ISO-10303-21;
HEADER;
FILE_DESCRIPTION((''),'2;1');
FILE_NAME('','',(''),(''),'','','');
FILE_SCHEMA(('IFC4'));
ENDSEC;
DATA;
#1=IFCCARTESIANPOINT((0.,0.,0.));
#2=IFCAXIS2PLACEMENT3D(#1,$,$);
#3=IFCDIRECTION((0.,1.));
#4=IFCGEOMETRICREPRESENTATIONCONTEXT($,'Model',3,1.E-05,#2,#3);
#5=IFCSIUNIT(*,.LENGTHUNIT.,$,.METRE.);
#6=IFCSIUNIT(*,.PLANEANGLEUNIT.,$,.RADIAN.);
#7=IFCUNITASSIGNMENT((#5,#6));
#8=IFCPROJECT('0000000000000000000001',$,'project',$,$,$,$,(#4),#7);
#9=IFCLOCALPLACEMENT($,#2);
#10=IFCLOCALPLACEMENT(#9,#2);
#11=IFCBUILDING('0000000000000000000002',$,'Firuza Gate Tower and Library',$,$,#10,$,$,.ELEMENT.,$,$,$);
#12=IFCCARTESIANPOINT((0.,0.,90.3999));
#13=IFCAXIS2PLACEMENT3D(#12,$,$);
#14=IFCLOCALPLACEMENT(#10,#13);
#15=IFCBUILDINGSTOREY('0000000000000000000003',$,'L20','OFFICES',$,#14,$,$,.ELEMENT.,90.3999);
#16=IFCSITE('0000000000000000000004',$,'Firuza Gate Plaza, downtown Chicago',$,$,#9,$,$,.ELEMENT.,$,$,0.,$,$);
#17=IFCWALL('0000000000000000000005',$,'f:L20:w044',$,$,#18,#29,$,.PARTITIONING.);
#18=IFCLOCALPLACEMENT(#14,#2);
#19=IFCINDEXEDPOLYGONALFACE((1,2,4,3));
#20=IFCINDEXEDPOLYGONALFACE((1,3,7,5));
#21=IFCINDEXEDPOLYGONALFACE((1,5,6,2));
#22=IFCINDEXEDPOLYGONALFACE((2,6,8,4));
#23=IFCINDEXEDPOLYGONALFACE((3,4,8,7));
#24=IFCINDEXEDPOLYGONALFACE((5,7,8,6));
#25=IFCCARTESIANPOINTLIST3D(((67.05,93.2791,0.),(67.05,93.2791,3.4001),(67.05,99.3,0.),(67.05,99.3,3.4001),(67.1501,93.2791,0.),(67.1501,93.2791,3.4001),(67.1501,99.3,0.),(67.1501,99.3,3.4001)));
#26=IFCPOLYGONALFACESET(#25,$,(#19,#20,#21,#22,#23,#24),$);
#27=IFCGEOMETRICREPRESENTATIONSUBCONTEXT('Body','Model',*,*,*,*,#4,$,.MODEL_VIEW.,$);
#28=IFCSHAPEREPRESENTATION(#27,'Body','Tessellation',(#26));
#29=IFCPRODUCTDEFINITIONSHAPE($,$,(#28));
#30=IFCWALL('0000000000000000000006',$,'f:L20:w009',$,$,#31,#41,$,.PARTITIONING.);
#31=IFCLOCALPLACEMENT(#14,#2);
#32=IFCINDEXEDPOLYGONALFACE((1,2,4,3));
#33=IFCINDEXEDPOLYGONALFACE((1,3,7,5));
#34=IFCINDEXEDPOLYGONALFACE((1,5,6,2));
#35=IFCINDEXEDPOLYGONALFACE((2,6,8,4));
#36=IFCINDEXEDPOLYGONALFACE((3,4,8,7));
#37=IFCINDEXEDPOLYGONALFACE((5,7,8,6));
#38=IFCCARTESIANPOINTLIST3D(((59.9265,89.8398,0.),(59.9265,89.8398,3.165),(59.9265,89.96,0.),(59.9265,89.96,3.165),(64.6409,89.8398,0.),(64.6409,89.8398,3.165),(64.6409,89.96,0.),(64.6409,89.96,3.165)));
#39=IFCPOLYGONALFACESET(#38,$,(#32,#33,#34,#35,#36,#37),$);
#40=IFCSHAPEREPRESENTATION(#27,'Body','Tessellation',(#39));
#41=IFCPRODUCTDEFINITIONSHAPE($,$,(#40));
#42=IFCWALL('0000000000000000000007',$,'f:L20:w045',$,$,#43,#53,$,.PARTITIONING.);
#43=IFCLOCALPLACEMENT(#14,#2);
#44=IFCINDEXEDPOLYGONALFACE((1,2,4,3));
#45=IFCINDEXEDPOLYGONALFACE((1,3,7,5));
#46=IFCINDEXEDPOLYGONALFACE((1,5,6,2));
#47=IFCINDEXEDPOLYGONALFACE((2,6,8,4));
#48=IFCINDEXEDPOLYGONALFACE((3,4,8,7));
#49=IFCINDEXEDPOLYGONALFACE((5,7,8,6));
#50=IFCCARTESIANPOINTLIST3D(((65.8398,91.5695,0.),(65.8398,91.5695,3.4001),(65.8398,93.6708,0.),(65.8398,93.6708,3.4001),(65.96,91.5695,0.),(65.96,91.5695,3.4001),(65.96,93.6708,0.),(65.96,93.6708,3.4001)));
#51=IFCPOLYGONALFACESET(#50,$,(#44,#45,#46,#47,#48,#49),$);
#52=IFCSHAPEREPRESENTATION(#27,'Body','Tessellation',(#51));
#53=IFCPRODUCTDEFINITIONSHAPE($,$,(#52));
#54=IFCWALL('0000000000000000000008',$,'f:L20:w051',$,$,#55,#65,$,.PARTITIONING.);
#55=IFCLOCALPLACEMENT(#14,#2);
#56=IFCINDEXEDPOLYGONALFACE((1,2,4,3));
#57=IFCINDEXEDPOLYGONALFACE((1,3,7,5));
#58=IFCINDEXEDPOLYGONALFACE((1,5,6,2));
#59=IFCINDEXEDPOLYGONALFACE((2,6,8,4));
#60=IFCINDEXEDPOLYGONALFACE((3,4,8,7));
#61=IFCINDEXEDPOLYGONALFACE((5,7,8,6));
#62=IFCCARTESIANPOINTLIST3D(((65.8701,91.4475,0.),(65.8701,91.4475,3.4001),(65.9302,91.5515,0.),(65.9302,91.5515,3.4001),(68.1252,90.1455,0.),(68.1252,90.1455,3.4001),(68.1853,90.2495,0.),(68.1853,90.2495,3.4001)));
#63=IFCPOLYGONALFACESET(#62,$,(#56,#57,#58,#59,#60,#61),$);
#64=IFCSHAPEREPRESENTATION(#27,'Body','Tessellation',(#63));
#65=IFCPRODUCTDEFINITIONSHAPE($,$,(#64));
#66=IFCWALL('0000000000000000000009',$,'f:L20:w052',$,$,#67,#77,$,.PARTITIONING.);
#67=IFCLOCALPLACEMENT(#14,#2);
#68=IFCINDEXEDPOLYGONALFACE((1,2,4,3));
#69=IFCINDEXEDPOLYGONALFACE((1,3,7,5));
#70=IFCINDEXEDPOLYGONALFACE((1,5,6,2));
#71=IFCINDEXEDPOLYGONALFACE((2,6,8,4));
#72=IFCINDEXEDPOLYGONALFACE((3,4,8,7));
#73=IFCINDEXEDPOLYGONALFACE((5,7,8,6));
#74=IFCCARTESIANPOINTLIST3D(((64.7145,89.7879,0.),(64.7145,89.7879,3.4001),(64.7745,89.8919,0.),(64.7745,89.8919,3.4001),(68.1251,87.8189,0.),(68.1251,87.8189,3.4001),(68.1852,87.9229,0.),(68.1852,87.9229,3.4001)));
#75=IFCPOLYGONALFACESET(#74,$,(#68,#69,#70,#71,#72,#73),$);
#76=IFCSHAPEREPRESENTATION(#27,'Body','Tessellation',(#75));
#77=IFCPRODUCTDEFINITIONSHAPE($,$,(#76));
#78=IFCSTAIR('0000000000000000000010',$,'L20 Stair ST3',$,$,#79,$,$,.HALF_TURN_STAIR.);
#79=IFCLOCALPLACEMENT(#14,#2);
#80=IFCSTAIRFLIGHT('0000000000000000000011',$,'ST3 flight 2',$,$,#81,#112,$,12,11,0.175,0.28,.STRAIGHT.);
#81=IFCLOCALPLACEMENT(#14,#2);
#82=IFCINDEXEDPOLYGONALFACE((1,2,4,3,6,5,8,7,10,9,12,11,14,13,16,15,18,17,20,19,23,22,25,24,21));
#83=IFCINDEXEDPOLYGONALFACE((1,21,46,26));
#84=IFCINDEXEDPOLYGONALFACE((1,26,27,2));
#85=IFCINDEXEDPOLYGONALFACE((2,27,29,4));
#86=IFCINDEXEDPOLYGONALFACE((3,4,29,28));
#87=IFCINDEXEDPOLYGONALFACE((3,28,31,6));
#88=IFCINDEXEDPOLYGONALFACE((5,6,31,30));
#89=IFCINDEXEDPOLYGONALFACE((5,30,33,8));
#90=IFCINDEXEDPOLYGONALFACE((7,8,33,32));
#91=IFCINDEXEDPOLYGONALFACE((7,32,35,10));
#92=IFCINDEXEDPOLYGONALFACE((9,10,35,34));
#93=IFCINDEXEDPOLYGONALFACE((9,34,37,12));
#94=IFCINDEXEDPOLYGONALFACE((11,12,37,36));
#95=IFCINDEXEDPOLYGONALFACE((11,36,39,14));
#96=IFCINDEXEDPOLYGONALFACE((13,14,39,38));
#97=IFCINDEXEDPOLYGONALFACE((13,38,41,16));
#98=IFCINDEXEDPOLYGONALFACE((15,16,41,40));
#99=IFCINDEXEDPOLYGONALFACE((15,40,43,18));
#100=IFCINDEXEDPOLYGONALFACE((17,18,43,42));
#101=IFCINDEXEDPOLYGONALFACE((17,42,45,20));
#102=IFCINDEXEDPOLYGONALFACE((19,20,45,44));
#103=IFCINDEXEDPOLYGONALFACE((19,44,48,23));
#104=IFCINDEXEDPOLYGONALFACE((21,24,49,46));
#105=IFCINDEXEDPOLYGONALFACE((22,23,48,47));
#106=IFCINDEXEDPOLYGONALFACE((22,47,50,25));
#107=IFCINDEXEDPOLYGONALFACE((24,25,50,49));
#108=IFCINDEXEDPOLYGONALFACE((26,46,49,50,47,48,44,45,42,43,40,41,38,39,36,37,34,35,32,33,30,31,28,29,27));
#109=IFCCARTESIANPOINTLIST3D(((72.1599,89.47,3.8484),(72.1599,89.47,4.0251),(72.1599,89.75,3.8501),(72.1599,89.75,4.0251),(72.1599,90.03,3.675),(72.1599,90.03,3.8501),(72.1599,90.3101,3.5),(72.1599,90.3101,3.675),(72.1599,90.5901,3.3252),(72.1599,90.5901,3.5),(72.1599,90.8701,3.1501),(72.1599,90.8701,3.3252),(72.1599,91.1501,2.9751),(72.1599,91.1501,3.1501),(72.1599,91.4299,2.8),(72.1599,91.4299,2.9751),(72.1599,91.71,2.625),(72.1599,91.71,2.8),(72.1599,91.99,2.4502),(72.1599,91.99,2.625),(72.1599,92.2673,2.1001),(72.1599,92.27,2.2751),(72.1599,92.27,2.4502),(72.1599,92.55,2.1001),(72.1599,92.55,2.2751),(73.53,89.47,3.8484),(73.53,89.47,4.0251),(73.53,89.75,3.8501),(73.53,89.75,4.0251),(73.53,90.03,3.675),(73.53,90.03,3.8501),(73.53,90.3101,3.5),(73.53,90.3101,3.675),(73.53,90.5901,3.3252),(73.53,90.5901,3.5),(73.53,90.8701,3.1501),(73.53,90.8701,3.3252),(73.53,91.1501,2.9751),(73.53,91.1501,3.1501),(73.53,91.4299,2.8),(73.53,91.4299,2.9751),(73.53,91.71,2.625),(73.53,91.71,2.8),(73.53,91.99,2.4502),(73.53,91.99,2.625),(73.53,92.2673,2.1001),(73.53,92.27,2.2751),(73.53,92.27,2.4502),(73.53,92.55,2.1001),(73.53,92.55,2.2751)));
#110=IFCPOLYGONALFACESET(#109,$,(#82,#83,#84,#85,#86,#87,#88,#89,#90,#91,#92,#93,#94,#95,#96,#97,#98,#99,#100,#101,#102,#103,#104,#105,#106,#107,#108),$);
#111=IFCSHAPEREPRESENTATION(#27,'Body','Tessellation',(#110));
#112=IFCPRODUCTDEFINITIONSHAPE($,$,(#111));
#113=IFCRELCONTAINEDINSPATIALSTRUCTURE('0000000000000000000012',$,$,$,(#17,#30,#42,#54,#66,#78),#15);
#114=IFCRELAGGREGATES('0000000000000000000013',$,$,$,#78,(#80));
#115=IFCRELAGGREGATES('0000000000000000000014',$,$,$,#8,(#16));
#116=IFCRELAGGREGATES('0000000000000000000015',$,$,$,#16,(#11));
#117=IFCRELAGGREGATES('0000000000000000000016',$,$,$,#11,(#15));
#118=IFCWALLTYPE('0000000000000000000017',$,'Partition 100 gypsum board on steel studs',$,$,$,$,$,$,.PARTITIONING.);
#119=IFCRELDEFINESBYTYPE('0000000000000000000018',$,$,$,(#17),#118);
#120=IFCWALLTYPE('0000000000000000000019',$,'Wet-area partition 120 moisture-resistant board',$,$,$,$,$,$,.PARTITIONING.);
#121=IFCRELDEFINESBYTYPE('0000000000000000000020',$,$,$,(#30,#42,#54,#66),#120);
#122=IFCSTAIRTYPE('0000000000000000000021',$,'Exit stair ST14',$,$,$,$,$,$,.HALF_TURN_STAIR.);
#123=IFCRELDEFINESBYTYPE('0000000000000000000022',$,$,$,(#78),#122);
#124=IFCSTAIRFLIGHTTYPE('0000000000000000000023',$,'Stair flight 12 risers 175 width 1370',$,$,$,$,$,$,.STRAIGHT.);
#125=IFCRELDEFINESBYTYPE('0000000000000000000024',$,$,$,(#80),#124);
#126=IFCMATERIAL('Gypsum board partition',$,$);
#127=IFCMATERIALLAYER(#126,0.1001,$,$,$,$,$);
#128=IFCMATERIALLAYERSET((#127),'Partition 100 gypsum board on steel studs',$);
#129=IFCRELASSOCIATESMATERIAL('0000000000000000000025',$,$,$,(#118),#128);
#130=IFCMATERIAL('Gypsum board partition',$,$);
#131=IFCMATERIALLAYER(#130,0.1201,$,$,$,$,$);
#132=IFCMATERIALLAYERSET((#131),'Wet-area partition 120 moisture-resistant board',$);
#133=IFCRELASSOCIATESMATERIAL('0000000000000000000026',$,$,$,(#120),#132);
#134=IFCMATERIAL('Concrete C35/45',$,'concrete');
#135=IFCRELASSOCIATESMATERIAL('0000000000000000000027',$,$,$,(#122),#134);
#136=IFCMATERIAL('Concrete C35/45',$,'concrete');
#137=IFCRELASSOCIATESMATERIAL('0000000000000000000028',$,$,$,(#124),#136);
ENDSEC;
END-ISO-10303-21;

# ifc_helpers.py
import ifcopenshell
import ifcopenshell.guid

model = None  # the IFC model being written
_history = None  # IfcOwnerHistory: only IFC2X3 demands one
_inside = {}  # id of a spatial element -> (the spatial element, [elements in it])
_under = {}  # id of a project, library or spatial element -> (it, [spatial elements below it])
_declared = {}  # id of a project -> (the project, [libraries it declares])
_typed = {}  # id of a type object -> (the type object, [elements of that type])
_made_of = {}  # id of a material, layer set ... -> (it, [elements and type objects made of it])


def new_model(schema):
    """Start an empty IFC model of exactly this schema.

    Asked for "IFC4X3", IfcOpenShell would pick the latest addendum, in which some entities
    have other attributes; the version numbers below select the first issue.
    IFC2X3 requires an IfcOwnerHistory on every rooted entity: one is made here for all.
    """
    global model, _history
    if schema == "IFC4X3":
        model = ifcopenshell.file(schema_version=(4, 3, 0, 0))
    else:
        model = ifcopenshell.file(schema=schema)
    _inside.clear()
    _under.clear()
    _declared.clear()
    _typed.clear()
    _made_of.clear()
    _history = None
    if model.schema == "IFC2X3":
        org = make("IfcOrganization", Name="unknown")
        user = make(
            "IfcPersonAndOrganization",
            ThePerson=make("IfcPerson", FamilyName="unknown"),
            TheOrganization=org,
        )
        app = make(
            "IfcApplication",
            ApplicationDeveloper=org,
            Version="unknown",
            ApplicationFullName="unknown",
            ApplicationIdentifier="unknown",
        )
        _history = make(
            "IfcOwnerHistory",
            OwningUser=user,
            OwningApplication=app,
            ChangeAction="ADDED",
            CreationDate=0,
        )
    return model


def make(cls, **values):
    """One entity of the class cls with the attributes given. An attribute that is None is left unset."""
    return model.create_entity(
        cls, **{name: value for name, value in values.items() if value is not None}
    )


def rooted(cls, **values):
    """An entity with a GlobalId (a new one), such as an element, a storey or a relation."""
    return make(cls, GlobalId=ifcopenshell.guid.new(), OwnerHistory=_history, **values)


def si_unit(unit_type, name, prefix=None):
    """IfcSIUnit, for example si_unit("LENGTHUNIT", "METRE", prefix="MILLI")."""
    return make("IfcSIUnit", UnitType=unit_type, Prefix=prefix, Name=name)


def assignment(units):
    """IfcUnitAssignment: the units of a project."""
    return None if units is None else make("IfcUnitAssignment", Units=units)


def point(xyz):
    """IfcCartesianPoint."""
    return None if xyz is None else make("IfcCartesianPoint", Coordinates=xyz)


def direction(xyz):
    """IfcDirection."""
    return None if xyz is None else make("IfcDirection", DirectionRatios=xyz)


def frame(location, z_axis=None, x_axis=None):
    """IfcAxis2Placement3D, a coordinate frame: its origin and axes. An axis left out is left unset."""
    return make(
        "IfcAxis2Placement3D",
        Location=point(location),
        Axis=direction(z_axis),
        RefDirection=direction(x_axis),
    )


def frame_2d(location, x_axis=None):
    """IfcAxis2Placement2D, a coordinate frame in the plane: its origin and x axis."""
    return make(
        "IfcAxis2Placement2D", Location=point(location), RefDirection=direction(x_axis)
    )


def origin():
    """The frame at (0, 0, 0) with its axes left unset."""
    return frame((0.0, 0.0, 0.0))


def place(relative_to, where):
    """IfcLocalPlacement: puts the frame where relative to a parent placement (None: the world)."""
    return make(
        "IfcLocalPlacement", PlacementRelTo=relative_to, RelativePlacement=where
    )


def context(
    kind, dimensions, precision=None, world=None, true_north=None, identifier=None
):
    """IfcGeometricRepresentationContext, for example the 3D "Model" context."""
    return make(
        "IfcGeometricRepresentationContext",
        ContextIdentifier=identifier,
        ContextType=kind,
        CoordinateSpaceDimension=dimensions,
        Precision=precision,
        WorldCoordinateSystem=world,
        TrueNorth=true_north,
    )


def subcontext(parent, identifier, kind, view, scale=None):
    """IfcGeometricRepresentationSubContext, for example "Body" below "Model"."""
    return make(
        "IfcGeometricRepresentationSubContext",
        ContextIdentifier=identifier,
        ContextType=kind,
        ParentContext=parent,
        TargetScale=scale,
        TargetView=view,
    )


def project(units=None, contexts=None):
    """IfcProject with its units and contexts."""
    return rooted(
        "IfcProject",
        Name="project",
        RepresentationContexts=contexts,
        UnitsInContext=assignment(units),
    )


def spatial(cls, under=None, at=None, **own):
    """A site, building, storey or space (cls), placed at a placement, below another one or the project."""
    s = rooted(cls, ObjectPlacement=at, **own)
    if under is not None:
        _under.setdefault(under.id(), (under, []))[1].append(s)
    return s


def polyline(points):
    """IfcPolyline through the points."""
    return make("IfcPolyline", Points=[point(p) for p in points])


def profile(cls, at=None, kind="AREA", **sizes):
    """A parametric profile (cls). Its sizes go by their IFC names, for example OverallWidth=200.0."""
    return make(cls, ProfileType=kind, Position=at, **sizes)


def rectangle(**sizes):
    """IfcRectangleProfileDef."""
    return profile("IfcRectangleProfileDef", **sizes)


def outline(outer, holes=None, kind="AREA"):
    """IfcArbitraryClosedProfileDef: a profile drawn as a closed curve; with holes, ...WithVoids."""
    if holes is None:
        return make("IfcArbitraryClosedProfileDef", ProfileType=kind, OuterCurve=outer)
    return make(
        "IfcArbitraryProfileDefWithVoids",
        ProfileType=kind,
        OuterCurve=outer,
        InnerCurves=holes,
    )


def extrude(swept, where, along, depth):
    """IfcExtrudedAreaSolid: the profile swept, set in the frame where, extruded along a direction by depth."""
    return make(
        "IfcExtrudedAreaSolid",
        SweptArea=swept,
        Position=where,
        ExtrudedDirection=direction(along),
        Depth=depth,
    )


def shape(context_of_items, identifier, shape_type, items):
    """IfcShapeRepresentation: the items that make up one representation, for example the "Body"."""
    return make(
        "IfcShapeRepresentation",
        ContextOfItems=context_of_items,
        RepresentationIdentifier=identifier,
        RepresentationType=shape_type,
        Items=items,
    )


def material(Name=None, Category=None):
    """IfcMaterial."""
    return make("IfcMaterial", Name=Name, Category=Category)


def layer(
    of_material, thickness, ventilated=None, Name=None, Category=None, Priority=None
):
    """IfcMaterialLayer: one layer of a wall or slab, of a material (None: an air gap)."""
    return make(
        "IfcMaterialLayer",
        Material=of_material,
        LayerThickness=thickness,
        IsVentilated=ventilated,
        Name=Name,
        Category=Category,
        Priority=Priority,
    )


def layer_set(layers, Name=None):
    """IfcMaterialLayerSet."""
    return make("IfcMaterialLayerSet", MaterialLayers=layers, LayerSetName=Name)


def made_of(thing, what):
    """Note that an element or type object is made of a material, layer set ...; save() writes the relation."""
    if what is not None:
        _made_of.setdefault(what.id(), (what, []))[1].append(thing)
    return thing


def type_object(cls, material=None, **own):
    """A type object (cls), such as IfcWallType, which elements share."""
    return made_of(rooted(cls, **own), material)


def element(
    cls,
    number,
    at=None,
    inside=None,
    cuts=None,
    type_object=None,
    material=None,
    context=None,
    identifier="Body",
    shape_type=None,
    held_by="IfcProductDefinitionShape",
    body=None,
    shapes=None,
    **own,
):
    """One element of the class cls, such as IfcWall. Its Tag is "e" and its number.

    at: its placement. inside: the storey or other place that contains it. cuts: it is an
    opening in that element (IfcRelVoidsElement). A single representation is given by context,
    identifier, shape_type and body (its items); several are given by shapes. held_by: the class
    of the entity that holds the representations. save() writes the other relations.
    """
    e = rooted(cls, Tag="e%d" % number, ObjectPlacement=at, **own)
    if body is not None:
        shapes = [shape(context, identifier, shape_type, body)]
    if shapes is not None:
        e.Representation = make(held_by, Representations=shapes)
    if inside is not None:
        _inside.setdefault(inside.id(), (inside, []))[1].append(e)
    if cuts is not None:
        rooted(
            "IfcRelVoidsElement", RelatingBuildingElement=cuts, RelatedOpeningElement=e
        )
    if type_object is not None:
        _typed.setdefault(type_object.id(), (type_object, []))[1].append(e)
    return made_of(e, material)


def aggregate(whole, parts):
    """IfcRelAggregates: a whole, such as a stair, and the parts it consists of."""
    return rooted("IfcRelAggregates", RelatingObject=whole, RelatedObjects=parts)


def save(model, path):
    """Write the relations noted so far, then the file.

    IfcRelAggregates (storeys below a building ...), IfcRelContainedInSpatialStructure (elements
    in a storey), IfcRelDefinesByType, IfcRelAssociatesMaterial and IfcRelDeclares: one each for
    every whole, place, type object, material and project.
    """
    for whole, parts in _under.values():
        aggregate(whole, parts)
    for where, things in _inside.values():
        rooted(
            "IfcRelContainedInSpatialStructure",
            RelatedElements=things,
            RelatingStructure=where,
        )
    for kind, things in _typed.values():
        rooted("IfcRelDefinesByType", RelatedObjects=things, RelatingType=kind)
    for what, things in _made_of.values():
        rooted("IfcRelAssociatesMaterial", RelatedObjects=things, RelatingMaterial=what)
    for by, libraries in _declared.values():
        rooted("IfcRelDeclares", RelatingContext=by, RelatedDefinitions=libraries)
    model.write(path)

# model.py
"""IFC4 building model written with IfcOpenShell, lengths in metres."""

from ifc_helpers import new_model, si_unit, direction, frame, frame_2d, origin, place, context, subcontext, project, spatial, polyline, rectangle, outline, extrude, material, layer, layer_set, type_object, element, aggregate, save


model = new_model("IFC4")

# Units and contexts
model_context = context("Model", 3, precision=1e-05, world=origin(), true_north=direction((0.0, 1.0)))
body_context = subcontext(model_context, "Body", "Model", "MODEL_VIEW")
ifc_project = project(units=[si_unit("LENGTHUNIT", "METRE"), si_unit("PLANEANGLEUNIT", "RADIAN")], contexts=[model_context])

# Site, building, storey
site_placement = place(None, origin())
site = spatial("IfcSite", under=ifc_project, at=site_placement, Name="Firuza Gate Plaza, downtown Chicago", CompositionType="ELEMENT", RefElevation=0.0)
building_placement = place(site_placement, origin())
building = spatial("IfcBuilding", under=site, at=building_placement, Name="Firuza Gate Tower and Library", CompositionType="ELEMENT")
storey_placement = place(building_placement, frame((0.0, 0.0, 90.3999)))
storey = spatial("IfcBuildingStorey", under=building, at=storey_placement, Name="L20", Description="OFFICES", CompositionType="ELEMENT", Elevation=90.3999)

# Shared definitions
placement = place(storey_placement, origin())

# Walls
ifc_material_1 = material(Name="Gypsum board partition")
ifc_layer_1 = layer(ifc_material_1, 0.1001)
ifc_layer_set_1 = layer_set([ifc_layer_1], Name="Partition 100 gypsum board on steel studs")
wall_type_1 = type_object("IfcWallType", Name="Partition 100 gypsum board on steel studs", PredefinedType="PARTITIONING", material=ifc_layer_set_1)
wall_1_placement = place(storey_placement, frame((67.1001, 93.2791, 0.0), z_axis=(0.0, 0.0, 1.0), x_axis=(0.0, 1.0, 0.0)))
element("IfcWall", 1, at=wall_1_placement, inside=storey, type_object=wall_type_1, Name="f:L20:w044", PredefinedType="PARTITIONING", context=body_context, shape_type="SweptSolid", body=[
    extrude(rectangle(XDim=6.021, YDim=0.1001, at=frame_2d((3.0105, 0.0))), origin(), (0.0, 0.0, 1.0), 3.4001),
])
ifc_material_2 = material(Name="Gypsum board partition")
ifc_layer_2 = layer(ifc_material_2, 0.1201)
ifc_layer_set_2 = layer_set([ifc_layer_2], Name="Wet-area partition 120 moisture-resistant board")
wall_type_2 = type_object("IfcWallType", Name="Wet-area partition 120 moisture-resistant board", PredefinedType="PARTITIONING", material=ifc_layer_set_2)
wall_2_placement = place(storey_placement, frame((59.9265, 89.8999, 0.0), z_axis=(0.0, 0.0, 1.0), x_axis=(1.0, 0.0, 0.0)))
element("IfcWall", 2, at=wall_2_placement, inside=storey, type_object=wall_type_2, Name="f:L20:w009", PredefinedType="PARTITIONING", context=body_context, shape_type="SweptSolid", body=[
    extrude(rectangle(XDim=4.7144, YDim=0.1201, at=frame_2d((2.3572, 0.0))), origin(), (0.0, 0.0, 1.0), 3.165),
])
wall_3_placement = place(storey_placement, frame((65.8999, 91.5693, 0.0), z_axis=(0.0, 0.0, 1.0), x_axis=(0.0, 1.0, 0.0)))
element("IfcWall", 3, at=wall_3_placement, inside=storey, type_object=wall_type_2, Name="f:L20:w045", PredefinedType="PARTITIONING", context=body_context, shape_type="SweptSolid", body=[
    extrude(rectangle(XDim=2.1013, YDim=0.1201, at=frame_2d((1.0508, 0.0))), origin(), (0.0, 0.0, 1.0), 3.4001),
])
wall_4_placement = place(storey_placement, frame((68.1553, 90.1975, 0.0), z_axis=(0.0, 0.0, 1.0), x_axis=(-0.866025, 0.500001, 0.0)))
element("IfcWall", 4, at=wall_4_placement, inside=storey, type_object=wall_type_2, Name="f:L20:w051", PredefinedType="PARTITIONING", context=body_context, shape_type="SweptSolid", body=[
    extrude(rectangle(XDim=2.604, YDim=0.1201, at=frame_2d((1.302, 0.0))), origin(), (0.0, 0.0, 1.0), 3.4001),
])
wall_5_placement = place(storey_placement, frame((68.1553, 87.8708, 0.0), z_axis=(0.0, 0.0, 1.0), x_axis=(-0.866041, 0.499973, 0.0)))
element("IfcWall", 5, at=wall_5_placement, inside=storey, type_object=wall_type_2, Name="f:L20:w052", PredefinedType="PARTITIONING", context=body_context, shape_type="SweptSolid", body=[
    extrude(rectangle(XDim=3.9382, YDim=0.1201, at=frame_2d((1.9692, 0.0))), origin(), (0.0, 0.0, 1.0), 3.4001),
])

# Stair, stair flight
ifc_material_3 = material(Name="Concrete C35/45", Category="concrete")
stair_type = type_object("IfcStairType", Name="Exit stair ST14", PredefinedType="HALF_TURN_STAIR", material=ifc_material_3)
stair = element("IfcStair", 6, at=placement, inside=storey, type_object=stair_type, Name="L20 Stair ST3", PredefinedType="HALF_TURN_STAIR")
ifc_material_4 = material(Name="Concrete C35/45", Category="concrete")
stair_flight_type = type_object("IfcStairFlightType", Name="Stair flight 12 risers 175 width 1370", PredefinedType="STRAIGHT", material=ifc_material_4)
stair_flight_placement = place(storey_placement, frame((72.845, 92.55, 2.1001), z_axis=(0.0, 0.0, 1.0), x_axis=(0.0, -1.0, 0.0)))
stair_flight = element("IfcStairFlight", 7, at=stair_flight_placement, type_object=stair_flight_type, Name="ST3 flight 2", NumberOfRisers=12, NumberOfTreads=11, PredefinedType="STRAIGHT", RiserHeight=0.175, TreadLength=0.28, context=body_context, shape_type="SweptSolid", body=[
    extrude(outline(polyline([(0.0, 0.0), (0.0, 0.175), (0.28, 0.175), (0.28, 0.3501), (0.5601, 0.3501), (0.5601, 0.5249), (0.8401, 0.5249), (0.8401, 0.7), (1.1201, 0.7), (1.1201, 0.875), (1.3999, 0.875), (1.3999, 1.05), (1.6799, 1.05), (1.6799, 1.2251), (1.96, 1.2251), (1.96, 1.3999), (2.24, 1.3999), (2.24, 1.575), (2.52, 1.575), (2.52, 1.75), (2.8, 1.75), (2.8, 1.925), (3.0801, 1.925), (3.0801, 2.1001), (3.0801, 1.7483), (0.2827, 0.0), (0.0, 0.0)])), frame((0.0, 0.6851, 0.0), z_axis=(0.0, -1.0, 0.0), x_axis=(1.0, 0.0, 0.0)), (0.0, 0.0, 1.0), 1.3701),
])
aggregate(stair, [stair_flight])

save(model, "model.ifc")
